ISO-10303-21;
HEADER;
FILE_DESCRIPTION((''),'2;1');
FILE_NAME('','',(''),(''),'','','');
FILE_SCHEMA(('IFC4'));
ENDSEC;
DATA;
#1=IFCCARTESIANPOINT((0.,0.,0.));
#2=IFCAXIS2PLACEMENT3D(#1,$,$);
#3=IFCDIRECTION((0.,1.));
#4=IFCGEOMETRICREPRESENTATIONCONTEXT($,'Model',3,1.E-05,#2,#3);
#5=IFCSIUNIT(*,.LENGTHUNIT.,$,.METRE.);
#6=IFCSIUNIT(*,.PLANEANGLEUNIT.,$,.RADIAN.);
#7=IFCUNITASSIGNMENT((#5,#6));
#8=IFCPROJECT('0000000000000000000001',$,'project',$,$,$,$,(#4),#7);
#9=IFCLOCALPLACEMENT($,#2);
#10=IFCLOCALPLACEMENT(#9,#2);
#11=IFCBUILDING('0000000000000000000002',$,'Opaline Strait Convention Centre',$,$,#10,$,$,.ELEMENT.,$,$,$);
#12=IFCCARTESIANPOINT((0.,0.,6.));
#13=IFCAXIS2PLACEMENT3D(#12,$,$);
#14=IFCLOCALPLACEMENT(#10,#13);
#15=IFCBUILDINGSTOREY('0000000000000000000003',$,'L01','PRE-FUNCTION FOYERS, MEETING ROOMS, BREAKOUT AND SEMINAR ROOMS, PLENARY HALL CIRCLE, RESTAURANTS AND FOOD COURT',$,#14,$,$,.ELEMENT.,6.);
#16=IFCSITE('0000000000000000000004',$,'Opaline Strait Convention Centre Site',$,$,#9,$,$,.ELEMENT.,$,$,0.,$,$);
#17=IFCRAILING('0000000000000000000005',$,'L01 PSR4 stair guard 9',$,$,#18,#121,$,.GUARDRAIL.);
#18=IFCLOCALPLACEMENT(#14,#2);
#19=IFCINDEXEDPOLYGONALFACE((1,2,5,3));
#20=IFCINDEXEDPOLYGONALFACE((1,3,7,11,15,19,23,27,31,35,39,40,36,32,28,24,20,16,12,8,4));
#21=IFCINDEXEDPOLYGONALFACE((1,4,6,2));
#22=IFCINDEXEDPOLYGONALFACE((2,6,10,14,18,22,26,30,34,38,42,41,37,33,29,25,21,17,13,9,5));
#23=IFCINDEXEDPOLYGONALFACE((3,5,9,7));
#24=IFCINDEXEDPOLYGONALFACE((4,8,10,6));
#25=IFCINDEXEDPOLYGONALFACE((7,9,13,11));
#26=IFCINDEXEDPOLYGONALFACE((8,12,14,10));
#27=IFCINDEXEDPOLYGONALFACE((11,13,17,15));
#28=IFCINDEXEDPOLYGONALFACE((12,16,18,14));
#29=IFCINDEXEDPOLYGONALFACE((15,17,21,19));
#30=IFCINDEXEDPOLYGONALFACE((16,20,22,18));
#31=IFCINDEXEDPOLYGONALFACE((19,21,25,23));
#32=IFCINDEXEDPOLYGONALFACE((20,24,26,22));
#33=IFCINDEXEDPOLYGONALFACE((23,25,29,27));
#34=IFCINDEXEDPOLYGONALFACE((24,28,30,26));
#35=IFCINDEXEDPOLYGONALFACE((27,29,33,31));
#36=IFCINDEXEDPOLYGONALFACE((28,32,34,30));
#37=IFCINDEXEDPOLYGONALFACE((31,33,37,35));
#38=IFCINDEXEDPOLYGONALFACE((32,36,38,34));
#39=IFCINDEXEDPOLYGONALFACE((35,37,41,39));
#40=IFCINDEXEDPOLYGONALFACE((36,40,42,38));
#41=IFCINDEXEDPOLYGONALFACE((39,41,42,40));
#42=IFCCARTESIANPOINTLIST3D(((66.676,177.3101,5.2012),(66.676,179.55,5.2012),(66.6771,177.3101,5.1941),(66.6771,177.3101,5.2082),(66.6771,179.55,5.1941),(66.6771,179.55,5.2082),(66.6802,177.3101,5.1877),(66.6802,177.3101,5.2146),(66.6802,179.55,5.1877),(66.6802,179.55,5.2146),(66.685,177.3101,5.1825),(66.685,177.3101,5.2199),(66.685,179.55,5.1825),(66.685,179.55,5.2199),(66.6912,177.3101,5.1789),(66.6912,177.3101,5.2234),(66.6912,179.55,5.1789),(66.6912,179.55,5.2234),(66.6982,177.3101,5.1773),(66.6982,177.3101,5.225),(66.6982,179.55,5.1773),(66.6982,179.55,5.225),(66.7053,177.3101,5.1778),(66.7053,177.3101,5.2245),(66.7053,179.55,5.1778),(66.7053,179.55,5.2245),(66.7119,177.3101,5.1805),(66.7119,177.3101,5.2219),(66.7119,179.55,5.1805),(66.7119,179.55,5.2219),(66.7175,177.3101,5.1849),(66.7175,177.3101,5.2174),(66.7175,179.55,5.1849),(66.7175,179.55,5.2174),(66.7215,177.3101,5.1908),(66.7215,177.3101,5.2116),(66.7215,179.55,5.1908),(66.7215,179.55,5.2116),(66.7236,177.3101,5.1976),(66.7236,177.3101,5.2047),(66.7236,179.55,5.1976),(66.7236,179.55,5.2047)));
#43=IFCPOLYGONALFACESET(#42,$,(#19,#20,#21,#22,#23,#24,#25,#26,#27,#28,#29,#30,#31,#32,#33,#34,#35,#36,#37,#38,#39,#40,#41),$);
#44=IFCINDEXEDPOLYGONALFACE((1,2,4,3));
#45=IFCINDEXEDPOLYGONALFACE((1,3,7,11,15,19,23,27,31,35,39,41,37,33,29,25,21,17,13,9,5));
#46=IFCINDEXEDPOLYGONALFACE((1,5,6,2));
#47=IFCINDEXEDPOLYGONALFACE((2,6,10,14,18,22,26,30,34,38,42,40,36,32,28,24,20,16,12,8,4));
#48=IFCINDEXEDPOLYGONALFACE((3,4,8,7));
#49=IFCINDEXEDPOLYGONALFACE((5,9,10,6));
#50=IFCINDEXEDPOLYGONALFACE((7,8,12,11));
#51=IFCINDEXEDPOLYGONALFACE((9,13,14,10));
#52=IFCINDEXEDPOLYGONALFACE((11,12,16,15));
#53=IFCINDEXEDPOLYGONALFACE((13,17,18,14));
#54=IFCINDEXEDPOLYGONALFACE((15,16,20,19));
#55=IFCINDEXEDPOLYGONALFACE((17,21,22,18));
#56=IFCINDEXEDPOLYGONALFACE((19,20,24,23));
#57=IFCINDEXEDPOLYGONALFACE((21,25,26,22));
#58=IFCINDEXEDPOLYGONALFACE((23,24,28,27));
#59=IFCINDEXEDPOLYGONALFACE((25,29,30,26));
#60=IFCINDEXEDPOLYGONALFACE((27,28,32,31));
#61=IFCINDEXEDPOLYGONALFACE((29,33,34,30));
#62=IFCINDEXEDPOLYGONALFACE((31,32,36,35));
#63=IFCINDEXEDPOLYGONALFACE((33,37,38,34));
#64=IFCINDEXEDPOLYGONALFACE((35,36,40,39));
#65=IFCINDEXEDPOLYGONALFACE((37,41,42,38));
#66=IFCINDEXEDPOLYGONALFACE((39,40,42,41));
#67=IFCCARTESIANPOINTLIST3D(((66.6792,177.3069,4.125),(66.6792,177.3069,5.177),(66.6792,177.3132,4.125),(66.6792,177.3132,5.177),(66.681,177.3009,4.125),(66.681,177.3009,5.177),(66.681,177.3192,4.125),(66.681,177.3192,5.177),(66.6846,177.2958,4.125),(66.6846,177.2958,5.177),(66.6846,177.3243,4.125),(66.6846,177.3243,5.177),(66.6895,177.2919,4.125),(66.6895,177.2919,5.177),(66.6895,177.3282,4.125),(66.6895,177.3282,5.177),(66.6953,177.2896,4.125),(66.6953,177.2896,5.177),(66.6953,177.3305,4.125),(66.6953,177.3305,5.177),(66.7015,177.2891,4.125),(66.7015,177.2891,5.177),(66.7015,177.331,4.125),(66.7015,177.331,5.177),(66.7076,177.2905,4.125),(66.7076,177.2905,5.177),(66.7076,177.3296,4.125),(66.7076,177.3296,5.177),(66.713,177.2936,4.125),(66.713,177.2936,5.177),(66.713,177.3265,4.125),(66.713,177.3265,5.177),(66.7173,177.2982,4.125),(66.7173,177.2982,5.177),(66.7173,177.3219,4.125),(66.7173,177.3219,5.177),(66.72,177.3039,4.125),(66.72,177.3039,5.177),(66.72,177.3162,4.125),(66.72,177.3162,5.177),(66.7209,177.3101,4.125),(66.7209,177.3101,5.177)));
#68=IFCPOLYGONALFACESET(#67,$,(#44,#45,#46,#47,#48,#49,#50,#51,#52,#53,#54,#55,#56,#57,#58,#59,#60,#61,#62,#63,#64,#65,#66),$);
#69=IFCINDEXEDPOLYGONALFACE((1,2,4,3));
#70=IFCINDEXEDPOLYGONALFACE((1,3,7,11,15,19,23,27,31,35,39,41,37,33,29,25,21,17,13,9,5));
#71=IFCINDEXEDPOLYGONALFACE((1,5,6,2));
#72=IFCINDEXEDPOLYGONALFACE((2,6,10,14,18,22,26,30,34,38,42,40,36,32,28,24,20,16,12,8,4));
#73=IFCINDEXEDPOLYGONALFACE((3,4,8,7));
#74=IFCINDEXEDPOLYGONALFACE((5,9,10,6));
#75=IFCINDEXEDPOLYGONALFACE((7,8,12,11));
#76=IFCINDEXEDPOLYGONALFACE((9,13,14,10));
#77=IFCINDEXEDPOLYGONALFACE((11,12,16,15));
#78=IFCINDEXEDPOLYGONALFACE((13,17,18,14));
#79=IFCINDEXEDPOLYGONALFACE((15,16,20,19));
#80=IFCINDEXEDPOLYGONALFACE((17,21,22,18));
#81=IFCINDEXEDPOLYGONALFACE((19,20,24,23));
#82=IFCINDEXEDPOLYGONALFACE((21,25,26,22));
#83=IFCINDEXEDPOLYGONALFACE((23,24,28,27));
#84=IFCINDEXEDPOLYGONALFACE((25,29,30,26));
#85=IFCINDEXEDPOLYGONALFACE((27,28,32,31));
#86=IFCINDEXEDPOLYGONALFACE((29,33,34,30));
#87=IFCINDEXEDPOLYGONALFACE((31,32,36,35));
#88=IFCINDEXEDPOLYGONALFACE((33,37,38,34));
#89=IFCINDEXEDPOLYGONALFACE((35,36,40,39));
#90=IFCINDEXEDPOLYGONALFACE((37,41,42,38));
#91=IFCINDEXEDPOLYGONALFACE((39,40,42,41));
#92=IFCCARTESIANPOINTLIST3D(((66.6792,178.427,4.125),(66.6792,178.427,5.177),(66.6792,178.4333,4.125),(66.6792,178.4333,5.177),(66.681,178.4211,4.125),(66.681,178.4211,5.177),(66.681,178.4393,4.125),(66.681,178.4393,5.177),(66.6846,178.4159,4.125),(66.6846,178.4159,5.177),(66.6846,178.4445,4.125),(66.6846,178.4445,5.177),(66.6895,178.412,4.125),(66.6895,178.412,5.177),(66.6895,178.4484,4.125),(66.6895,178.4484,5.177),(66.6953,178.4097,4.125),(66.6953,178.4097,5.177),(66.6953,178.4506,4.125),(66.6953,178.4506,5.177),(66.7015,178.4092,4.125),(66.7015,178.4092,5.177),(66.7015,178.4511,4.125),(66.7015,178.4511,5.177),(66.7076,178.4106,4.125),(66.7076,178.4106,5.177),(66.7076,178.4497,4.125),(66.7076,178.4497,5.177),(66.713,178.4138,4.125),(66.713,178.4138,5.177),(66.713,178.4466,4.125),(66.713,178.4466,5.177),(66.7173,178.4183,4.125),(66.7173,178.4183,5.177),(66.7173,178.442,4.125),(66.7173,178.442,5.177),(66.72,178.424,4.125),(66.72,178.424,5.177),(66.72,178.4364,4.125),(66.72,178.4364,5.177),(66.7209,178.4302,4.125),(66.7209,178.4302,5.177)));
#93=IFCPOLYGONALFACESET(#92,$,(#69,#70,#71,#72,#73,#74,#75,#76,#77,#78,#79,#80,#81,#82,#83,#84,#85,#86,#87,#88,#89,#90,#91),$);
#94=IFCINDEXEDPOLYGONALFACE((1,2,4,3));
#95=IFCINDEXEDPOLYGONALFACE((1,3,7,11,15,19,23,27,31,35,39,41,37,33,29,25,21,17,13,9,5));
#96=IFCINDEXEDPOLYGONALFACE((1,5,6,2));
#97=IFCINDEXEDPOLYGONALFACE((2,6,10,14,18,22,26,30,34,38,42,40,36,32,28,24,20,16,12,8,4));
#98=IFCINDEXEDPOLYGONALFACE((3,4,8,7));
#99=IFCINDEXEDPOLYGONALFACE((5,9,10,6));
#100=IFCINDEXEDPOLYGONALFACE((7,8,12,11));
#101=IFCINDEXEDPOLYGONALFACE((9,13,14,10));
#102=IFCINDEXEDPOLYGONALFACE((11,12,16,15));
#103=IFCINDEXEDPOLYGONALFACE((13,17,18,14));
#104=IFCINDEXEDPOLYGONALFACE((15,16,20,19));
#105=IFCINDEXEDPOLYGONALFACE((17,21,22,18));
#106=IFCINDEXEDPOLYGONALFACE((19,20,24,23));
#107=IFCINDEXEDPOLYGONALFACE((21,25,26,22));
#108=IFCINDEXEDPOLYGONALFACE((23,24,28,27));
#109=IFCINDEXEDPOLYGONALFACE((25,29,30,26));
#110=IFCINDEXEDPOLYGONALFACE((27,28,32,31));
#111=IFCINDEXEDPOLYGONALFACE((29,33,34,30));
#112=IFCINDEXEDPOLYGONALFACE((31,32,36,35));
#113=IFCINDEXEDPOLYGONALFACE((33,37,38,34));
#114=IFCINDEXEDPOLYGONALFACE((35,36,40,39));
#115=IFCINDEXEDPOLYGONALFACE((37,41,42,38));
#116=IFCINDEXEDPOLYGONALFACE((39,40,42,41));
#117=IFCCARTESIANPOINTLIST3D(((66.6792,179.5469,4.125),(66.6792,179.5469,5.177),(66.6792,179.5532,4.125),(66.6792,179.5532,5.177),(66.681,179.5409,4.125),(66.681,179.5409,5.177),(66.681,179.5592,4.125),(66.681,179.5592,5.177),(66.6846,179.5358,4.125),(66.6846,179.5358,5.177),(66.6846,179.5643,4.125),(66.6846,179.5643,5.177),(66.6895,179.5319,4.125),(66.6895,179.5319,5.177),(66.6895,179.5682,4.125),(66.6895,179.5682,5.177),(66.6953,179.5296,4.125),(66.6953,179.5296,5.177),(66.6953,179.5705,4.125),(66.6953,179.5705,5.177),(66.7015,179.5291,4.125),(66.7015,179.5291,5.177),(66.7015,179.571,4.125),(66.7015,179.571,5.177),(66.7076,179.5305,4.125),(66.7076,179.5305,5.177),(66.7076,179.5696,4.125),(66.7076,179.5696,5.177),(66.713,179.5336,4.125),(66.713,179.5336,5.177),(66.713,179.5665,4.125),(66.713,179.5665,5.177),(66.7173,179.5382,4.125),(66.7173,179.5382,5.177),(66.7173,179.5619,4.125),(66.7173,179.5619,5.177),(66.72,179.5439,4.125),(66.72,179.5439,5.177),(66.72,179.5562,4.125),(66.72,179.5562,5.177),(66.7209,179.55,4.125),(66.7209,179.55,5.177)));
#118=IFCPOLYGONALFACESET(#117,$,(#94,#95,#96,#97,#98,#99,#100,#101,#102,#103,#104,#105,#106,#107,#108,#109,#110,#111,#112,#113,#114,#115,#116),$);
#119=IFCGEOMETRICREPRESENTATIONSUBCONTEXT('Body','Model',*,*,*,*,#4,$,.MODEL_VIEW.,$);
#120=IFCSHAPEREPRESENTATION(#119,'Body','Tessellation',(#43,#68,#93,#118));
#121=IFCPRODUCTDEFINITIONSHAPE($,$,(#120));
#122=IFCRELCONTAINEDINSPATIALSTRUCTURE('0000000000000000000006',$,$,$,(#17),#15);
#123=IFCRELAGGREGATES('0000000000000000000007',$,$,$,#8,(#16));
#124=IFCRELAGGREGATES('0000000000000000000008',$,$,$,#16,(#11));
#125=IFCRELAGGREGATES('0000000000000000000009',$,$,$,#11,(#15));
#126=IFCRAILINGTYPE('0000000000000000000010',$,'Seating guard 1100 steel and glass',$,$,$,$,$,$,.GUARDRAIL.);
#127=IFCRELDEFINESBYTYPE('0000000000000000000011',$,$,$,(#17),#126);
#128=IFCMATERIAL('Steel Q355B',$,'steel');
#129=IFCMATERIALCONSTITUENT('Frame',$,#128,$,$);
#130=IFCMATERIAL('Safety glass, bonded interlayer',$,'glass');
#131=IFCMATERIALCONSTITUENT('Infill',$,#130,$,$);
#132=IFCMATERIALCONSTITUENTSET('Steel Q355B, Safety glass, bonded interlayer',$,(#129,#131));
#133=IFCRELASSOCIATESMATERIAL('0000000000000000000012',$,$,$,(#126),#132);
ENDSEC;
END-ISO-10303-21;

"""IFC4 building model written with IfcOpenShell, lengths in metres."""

from ifc_helpers import new_model, si_unit, direction, frame, origin, origin_2d, place, context, subcontext, project, spatial, circle, extrude, material, constituent, constituent_set, type_object, element, save


model = new_model("IFC4")

# Units and contexts
model_context = context("Model", 3, precision=1e-05, world=origin(), true_north=direction((0.0, 1.0)))
body_context = subcontext(model_context, "Body", "Model", "MODEL_VIEW")
ifc_project = project(units=[si_unit("LENGTHUNIT", "METRE"), si_unit("PLANEANGLEUNIT", "RADIAN")], contexts=[model_context])

# Site, building, storey
site_placement = place(None, origin())
site = spatial("IfcSite", under=ifc_project, at=site_placement, Name="Opaline Strait Convention Centre Site", CompositionType="ELEMENT", RefElevation=0.0)
building_placement = place(site_placement, origin())
building = spatial("IfcBuilding", under=site, at=building_placement, Name="Opaline Strait Convention Centre", CompositionType="ELEMENT")
storey_placement = place(building_placement, frame((0.0, 0.0, 6.0)))
storey = spatial("IfcBuildingStorey", under=building, at=storey_placement, Name="L01", Description="PRE-FUNCTION FOYERS, MEETING ROOMS, BREAKOUT AND SEMINAR ROOMS, PLENARY HALL CIRCLE, RESTAURANTS AND FOOD COURT", CompositionType="ELEMENT", Elevation=6.0)

# Railing
ifc_material_1 = material(Name="Steel Q355B", Category="steel")
ifc_constituent_1 = constituent(ifc_material_1, Name="Frame")
ifc_material_2 = material(Name="Safety glass, bonded interlayer", Category="glass")
ifc_constituent_2 = constituent(ifc_material_2, Name="Infill")
ifc_constituent_set = constituent_set(constituents=[ifc_constituent_1, ifc_constituent_2], Name="Steel Q355B, Safety glass, bonded interlayer")
railing_type_1 = type_object("IfcRailingType", Name="Seating guard 1100 steel and glass", PredefinedType="GUARDRAIL", material=ifc_constituent_set)
railing_1_placement = place(storey_placement, frame((66.7, 177.3101, 4.125)))
element("IfcRailing", 1, at=railing_1_placement, inside=storey, type_object=railing_type_1, Name="L01 PSR4 stair guard 9", PredefinedType="GUARDRAIL", context=body_context, shape_type="SweptSolid", body=[
    extrude(circle(Radius=0.0239, at=origin_2d()), frame((0.0, 0.0, 1.0762), z_axis=(0.0, 1.0, 0.0), x_axis=(-1.0, 0.0, 0.0)), (0.0, 0.0, 1.0), 2.24),
    extrude(circle(Radius=0.021, at=origin_2d()), origin(), (0.0, 0.0, 1.0), 1.052),
    extrude(circle(Radius=0.021, at=origin_2d()), frame((0.0, 1.1201, 0.0)), (0.0, 0.0, 1.0), 1.052),
    extrude(circle(Radius=0.021, at=origin_2d()), frame((0.0, 2.24, 0.0)), (0.0, 0.0, 1.0), 1.052),
])

save(model, "model.ifc")
